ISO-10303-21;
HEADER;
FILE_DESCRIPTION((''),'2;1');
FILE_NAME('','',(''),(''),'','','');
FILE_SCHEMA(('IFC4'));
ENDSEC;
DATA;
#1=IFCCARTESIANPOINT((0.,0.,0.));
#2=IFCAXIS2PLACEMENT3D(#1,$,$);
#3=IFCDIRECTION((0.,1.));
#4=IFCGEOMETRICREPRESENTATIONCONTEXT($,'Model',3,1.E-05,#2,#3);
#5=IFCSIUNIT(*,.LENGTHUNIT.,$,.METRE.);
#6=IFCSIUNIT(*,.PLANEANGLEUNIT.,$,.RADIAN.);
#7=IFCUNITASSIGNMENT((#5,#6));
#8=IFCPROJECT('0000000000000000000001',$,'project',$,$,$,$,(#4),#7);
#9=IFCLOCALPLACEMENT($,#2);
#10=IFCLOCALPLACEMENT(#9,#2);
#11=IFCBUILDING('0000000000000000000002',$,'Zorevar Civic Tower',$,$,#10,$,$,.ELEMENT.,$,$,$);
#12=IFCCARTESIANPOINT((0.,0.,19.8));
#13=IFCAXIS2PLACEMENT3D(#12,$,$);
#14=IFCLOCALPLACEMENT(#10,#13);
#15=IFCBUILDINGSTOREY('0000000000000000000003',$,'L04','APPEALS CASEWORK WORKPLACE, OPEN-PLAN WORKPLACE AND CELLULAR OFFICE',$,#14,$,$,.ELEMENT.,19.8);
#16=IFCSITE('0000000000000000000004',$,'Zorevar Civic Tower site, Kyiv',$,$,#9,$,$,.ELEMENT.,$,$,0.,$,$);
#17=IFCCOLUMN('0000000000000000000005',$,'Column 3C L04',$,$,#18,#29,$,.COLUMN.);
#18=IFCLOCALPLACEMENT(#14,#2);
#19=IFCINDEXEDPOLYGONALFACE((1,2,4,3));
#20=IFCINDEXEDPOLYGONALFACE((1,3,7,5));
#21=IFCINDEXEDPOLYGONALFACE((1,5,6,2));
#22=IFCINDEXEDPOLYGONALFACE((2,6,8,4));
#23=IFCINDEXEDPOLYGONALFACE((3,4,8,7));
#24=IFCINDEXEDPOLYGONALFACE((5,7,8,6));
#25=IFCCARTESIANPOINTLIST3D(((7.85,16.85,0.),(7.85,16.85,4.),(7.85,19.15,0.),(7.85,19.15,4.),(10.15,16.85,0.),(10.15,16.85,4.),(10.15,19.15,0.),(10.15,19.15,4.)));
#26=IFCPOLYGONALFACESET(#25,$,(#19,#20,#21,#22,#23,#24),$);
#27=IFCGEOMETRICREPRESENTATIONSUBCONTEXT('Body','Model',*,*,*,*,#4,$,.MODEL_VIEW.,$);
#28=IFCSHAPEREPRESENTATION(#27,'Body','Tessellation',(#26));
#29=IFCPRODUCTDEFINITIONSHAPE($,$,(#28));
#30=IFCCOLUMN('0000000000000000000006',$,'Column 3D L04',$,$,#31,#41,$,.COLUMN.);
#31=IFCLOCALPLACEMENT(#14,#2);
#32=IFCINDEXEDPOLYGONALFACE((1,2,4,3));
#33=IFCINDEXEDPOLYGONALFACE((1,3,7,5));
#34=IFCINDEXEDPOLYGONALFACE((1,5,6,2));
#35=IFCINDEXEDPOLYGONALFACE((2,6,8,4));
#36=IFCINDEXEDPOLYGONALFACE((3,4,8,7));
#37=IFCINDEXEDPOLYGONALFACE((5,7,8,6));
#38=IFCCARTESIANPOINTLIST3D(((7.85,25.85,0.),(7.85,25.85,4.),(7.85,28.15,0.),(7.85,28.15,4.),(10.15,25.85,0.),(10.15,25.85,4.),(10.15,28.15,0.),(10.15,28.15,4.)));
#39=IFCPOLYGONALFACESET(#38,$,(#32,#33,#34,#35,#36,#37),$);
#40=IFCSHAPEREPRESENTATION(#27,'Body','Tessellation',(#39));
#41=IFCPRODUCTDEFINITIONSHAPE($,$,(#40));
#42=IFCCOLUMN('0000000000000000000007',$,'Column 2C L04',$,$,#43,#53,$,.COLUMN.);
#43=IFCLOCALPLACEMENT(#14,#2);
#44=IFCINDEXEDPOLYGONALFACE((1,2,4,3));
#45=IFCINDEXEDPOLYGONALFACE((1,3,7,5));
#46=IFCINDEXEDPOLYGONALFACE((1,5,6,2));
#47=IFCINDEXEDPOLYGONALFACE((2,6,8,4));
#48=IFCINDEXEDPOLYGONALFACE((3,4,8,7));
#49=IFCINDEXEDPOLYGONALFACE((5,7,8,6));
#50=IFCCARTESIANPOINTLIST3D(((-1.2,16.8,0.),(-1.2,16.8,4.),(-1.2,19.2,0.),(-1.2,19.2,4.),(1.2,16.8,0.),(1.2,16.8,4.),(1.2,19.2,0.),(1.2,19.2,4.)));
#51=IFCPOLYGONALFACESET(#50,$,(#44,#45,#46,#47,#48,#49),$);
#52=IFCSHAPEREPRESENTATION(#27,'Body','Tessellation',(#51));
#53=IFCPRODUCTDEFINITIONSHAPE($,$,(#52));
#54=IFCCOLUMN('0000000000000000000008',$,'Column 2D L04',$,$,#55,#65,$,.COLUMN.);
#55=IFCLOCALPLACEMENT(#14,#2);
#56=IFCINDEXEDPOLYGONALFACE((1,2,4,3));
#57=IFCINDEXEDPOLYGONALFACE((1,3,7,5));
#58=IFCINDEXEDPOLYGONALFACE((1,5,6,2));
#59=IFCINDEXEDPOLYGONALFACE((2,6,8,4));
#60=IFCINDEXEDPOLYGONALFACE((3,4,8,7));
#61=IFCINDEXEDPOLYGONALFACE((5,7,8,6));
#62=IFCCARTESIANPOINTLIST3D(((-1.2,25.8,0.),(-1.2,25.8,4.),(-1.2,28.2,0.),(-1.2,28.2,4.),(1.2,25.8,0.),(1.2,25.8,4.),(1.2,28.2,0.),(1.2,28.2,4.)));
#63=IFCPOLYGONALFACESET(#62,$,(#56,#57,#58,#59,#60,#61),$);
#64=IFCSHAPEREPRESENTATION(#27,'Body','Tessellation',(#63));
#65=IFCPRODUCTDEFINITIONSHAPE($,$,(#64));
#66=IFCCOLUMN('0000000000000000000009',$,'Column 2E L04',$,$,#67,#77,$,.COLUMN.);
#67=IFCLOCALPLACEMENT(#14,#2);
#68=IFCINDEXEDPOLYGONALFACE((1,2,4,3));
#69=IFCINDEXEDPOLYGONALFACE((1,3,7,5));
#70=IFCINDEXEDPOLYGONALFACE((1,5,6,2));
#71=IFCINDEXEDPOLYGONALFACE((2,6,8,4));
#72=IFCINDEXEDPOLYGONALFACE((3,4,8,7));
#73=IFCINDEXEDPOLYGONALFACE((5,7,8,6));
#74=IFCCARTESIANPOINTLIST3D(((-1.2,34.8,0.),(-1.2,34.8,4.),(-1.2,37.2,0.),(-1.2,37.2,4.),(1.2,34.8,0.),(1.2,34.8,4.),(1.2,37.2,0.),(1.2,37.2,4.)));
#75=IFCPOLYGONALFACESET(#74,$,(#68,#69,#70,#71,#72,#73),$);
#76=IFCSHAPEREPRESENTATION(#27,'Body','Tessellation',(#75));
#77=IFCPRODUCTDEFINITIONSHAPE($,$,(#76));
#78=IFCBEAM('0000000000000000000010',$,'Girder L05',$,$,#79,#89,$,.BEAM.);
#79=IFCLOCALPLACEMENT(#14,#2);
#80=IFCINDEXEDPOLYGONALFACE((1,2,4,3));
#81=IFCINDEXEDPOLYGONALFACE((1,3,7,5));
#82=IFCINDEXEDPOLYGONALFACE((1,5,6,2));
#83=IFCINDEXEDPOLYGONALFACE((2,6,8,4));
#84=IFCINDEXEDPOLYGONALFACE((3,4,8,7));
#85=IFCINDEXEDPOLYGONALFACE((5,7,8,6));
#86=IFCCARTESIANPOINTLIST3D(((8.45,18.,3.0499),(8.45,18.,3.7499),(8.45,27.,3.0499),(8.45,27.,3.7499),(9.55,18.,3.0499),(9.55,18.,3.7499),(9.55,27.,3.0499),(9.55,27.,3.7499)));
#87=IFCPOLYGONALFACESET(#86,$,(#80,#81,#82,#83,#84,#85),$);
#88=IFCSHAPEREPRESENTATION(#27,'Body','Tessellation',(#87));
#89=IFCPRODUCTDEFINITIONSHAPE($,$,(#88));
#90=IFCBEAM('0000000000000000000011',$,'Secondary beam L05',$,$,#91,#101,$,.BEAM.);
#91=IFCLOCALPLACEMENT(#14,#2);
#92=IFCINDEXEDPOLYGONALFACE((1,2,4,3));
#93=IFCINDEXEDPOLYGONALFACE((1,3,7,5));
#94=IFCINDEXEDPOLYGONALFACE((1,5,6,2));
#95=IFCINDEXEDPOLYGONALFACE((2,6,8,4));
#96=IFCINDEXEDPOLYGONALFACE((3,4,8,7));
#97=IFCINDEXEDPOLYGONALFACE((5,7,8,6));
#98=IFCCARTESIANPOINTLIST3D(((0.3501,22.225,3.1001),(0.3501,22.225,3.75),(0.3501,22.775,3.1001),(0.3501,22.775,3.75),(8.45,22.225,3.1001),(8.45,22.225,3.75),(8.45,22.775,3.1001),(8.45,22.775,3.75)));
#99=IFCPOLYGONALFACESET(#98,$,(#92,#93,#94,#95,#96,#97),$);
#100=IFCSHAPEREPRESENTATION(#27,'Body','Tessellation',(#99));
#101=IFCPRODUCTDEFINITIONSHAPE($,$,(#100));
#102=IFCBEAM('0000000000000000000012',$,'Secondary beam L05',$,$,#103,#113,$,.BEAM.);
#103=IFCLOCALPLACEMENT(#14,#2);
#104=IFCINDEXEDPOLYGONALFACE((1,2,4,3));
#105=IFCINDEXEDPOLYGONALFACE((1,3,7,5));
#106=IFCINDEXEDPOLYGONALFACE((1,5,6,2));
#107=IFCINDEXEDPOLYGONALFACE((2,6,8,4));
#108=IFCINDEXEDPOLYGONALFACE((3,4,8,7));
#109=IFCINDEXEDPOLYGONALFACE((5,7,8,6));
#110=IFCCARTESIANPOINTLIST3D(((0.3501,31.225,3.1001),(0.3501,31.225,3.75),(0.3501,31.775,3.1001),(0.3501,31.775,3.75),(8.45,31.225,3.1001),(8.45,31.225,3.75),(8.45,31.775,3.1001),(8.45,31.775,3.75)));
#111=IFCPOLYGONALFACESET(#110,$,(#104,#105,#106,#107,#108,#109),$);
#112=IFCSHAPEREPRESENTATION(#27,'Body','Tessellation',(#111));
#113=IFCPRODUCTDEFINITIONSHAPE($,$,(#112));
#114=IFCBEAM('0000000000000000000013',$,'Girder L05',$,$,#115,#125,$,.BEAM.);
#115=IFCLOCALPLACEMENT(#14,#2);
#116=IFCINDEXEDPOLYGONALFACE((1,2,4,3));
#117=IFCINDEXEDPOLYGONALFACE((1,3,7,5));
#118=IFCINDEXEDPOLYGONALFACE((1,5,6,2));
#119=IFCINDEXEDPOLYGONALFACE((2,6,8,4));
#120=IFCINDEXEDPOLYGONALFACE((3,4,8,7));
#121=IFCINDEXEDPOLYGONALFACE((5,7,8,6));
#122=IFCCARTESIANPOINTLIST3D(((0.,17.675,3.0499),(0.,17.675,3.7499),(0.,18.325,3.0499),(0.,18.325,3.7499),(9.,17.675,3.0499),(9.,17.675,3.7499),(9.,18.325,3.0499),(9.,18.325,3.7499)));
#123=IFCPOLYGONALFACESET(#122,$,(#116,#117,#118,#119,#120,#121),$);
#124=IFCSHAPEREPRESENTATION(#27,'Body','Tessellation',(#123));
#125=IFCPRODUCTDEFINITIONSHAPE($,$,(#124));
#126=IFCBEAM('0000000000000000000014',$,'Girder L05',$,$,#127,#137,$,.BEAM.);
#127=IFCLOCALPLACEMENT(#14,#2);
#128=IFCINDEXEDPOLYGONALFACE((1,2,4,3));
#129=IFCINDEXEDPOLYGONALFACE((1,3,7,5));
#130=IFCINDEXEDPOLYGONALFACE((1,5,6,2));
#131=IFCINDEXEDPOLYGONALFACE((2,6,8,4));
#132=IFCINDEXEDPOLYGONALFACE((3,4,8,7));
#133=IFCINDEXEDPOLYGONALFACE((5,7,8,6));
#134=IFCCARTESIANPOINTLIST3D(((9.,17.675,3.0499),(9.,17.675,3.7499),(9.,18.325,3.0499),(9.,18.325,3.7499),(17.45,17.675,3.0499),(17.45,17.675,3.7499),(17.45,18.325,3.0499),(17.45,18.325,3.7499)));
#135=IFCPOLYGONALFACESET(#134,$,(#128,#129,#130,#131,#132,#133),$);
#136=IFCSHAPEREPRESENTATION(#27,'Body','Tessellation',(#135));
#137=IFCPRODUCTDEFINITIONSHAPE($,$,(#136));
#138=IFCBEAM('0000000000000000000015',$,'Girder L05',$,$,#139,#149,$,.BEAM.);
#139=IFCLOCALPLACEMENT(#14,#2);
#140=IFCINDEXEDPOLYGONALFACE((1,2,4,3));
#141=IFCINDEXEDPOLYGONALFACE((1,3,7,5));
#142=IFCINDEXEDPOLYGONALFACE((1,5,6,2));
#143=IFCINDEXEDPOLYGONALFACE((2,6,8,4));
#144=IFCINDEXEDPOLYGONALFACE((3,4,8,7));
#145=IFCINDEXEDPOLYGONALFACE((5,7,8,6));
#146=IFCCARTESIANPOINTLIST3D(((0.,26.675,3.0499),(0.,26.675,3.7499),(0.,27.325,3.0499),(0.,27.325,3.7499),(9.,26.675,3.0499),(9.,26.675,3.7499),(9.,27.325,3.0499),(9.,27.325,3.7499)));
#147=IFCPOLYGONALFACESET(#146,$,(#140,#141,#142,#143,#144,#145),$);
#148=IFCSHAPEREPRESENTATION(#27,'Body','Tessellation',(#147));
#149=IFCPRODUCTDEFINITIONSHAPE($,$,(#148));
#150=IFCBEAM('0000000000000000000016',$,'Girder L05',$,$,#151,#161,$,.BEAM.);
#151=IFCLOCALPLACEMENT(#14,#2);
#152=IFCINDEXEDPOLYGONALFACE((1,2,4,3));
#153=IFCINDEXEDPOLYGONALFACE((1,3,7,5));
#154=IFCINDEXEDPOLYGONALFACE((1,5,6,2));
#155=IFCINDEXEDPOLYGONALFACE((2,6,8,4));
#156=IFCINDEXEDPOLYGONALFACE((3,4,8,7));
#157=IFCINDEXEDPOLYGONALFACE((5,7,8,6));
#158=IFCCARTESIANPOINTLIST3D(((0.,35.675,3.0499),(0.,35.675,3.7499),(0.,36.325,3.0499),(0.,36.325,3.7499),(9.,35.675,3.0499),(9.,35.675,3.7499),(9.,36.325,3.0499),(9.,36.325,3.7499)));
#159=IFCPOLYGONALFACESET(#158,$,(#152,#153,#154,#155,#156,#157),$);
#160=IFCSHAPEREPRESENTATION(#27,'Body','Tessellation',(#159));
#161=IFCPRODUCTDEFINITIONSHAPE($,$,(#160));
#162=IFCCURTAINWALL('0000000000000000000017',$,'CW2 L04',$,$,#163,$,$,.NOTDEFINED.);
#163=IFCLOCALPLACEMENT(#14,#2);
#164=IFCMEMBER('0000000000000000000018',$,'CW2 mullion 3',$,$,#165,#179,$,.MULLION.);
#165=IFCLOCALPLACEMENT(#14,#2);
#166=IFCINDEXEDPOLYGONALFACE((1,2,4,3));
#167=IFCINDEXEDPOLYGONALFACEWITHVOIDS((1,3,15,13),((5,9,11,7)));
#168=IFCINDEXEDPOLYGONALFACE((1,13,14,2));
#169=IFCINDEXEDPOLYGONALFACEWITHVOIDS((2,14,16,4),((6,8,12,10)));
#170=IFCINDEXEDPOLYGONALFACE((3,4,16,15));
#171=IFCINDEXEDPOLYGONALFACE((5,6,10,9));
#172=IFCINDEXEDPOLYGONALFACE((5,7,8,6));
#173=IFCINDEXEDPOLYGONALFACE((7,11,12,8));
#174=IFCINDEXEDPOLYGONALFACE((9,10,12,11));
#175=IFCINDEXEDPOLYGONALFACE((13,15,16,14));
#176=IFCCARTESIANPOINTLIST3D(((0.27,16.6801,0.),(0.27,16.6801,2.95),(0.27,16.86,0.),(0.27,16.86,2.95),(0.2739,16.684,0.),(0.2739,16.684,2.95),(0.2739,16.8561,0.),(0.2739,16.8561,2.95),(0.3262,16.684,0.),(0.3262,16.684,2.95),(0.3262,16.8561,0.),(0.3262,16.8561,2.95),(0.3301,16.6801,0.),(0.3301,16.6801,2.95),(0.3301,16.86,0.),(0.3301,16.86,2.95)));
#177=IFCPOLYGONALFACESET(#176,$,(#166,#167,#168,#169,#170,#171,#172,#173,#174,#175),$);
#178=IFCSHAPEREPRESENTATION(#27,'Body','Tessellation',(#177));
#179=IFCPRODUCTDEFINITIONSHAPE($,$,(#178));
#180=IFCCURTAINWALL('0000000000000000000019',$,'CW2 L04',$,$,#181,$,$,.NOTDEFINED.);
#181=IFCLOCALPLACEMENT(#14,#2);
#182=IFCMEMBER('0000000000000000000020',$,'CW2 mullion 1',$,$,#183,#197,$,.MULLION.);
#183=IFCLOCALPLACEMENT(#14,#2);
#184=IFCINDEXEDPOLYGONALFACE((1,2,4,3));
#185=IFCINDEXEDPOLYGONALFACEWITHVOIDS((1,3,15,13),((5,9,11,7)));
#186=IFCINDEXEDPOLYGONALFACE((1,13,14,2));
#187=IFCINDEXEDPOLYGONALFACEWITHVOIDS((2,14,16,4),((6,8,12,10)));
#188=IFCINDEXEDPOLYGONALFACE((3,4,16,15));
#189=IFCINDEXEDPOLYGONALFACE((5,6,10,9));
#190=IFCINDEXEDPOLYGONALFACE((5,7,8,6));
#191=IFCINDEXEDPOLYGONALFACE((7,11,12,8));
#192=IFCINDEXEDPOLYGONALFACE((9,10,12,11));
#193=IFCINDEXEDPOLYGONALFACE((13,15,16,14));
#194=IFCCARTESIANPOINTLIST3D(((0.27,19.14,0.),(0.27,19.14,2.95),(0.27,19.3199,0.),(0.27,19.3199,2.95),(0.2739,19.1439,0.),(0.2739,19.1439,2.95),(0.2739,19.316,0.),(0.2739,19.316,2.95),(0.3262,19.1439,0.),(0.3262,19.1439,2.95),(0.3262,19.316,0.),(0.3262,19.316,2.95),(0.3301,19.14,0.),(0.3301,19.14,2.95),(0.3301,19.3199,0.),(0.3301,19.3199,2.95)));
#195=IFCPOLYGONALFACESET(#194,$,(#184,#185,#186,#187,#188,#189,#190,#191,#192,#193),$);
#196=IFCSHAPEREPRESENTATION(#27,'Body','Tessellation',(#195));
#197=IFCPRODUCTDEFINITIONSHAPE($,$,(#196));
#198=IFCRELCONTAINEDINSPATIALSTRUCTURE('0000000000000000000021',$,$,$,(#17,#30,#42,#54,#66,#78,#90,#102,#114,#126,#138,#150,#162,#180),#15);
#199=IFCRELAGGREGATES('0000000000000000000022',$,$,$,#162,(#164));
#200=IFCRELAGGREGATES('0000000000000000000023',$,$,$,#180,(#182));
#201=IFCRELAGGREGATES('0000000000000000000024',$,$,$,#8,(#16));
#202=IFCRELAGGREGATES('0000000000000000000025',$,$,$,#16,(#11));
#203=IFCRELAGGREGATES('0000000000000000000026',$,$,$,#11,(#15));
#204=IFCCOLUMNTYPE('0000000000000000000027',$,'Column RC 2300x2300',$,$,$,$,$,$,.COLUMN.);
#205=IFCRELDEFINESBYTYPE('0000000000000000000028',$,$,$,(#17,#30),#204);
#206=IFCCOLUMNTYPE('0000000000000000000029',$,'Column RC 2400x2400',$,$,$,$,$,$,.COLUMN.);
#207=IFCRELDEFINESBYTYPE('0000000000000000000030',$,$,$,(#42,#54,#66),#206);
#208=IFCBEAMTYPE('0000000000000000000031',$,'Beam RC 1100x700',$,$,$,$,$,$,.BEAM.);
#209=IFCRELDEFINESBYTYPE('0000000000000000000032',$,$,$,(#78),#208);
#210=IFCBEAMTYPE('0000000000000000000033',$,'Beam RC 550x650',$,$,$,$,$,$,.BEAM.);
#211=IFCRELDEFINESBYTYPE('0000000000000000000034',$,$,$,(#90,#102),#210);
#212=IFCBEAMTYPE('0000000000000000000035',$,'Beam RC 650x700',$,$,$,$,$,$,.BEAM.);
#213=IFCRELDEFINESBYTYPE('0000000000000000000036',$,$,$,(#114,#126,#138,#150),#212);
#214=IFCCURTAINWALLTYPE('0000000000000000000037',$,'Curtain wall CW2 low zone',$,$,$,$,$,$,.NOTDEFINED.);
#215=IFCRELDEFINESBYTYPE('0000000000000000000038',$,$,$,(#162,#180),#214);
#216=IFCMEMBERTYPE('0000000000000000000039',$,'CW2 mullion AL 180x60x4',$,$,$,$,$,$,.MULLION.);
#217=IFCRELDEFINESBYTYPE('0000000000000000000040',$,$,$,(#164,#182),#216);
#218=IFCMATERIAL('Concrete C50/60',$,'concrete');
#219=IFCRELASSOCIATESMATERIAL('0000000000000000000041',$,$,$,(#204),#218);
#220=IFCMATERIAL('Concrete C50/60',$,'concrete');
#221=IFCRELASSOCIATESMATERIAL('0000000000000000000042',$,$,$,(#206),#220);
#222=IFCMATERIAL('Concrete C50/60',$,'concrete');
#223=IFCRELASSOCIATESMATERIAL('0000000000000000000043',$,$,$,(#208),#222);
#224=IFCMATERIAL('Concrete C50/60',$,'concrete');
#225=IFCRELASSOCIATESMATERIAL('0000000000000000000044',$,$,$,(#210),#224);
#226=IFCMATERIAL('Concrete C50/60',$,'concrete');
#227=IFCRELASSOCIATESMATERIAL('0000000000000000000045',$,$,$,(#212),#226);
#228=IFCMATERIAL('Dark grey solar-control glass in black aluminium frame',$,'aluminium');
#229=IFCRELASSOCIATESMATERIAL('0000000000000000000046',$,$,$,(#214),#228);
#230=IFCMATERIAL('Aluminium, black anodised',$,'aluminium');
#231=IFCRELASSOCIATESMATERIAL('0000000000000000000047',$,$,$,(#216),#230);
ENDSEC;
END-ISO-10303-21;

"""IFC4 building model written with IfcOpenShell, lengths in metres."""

from ifc_helpers import new_model, si_unit, direction, frame, origin, origin_2d, place, context, subcontext, project, spatial, rectangle, hollow_rectangle, extrude, material, material_profile, profile_set, type_object, element, aggregate, save


model = new_model("IFC4")

# Units and contexts
model_context = context("Model", 3, precision=1e-05, world=origin(), true_north=direction((0.0, 1.0)))
body_context = subcontext(model_context, "Body", "Model", "MODEL_VIEW")
ifc_project = project(units=[si_unit("LENGTHUNIT", "METRE"), si_unit("PLANEANGLEUNIT", "RADIAN")], contexts=[model_context])

# Site, building, storey
site_placement = place(None, origin())
site = spatial("IfcSite", under=ifc_project, at=site_placement, Name="Zorevar Civic Tower site, Kyiv", CompositionType="ELEMENT", RefElevation=0.0)
building_placement = place(site_placement, origin())
building = spatial("IfcBuilding", under=site, at=building_placement, Name="Zorevar Civic Tower", CompositionType="ELEMENT")
storey_placement = place(building_placement, frame((0.0, 0.0, 19.8)))
storey = spatial("IfcBuildingStorey", under=building, at=storey_placement, Name="L04", Description="APPEALS CASEWORK WORKPLACE, OPEN-PLAN WORKPLACE AND CELLULAR OFFICE", CompositionType="ELEMENT", Elevation=19.8)

# Columns
ifc_material_1 = material(Name="Concrete C50/60", Category="concrete")
ifc_material_profile_1 = material_profile(ifc_material_1, rectangle(XDim=2.3, YDim=2.3, at=origin_2d()), Name="RC 2300x2300")
ifc_profile_set_1 = profile_set([ifc_material_profile_1], Name="Concrete C50/60")
column_type_1 = type_object("IfcColumnType", Name="Column RC 2300x2300", PredefinedType="COLUMN", material=ifc_profile_set_1)
for number, where, z_axis, x_axis, name in (
    (1, (9.0, 18.0, 0.0), (0.0, 0.0, 1.0), (1.0, 0.0, 0.0), "Column 3C L04"),
    (2, (9.0, 27.0, 0.0), (0.0, 0.0, 1.0), (1.0, 0.0, 0.0), "Column 3D L04"),
):
    element("IfcColumn", number, at=place(storey_placement, frame(where, z_axis=z_axis, x_axis=x_axis)), inside=storey, type_object=column_type_1, Name=name, PredefinedType="COLUMN", context=body_context, shape_type="SweptSolid", body=[
        extrude(rectangle(XDim=2.3, YDim=2.3, at=origin_2d()), origin(), (0.0, 0.0, 1.0), 4.0),
    ])
ifc_material_2 = material(Name="Concrete C50/60", Category="concrete")
ifc_material_profile_2 = material_profile(ifc_material_2, rectangle(XDim=2.3999, YDim=2.3999, at=origin_2d()), Name="RC 2400x2400")
ifc_profile_set_2 = profile_set([ifc_material_profile_2], Name="Concrete C50/60")
column_type_2 = type_object("IfcColumnType", Name="Column RC 2400x2400", PredefinedType="COLUMN", material=ifc_profile_set_2)
for number, where, z_axis, x_axis, name in (
    (3, (0.0, 18.0, 0.0), (0.0, 0.0, 1.0), (1.0, 0.0, 0.0), "Column 2C L04"),
    (4, (0.0, 27.0, 0.0), (0.0, 0.0, 1.0), (1.0, 0.0, 0.0), "Column 2D L04"),
    (5, (0.0, 36.0, 0.0), (0.0, 0.0, 1.0), (1.0, 0.0, 0.0), "Column 2E L04"),
):
    element("IfcColumn", number, at=place(storey_placement, frame(where, z_axis=z_axis, x_axis=x_axis)), inside=storey, type_object=column_type_2, Name=name, PredefinedType="COLUMN", context=body_context, shape_type="SweptSolid", body=[
        extrude(rectangle(XDim=2.3999, YDim=2.3999, at=origin_2d()), origin(), (0.0, 0.0, 1.0), 4.0),
    ])

# Beams
ifc_material_3 = material(Name="Concrete C50/60", Category="concrete")
ifc_material_profile_3 = material_profile(ifc_material_3, rectangle(XDim=1.1001, YDim=0.7, at=origin_2d()), Name="RC 1100x700")
ifc_profile_set_3 = profile_set([ifc_material_profile_3], Name="Concrete C50/60")
beam_type_1 = type_object("IfcBeamType", Name="Beam RC 1100x700", PredefinedType="BEAM", material=ifc_profile_set_3)
beam_1_placement = place(storey_placement, frame((9.0, 18.0, 3.3999), z_axis=(0.0, 1.0, 0.0), x_axis=(-1.0, 0.0, 0.0)))
element("IfcBeam", 6, at=beam_1_placement, inside=storey, type_object=beam_type_1, Name="Girder L05", PredefinedType="BEAM", context=body_context, shape_type="SweptSolid", body=[
    extrude(rectangle(XDim=1.1001, YDim=0.7, at=origin_2d()), origin(), (0.0, 0.0, 1.0), 9.0),
])
ifc_material_4 = material(Name="Concrete C50/60", Category="concrete")
ifc_material_profile_4 = material_profile(ifc_material_4, rectangle(XDim=0.55, YDim=0.6499, at=origin_2d()), Name="RC 550x650")
ifc_profile_set_4 = profile_set([ifc_material_profile_4], Name="Concrete C50/60")
beam_type_2 = type_object("IfcBeamType", Name="Beam RC 550x650", PredefinedType="BEAM", material=ifc_profile_set_4)
for number, where, z_axis, x_axis, name in (
    (7, (0.3501, 22.5, 3.425), (1.0, 0.0, 0.0), (0.0, 1.0, 0.0), "Secondary beam L05"),
    (8, (0.3501, 31.5, 3.425), (1.0, 0.0, 0.0), (0.0, 1.0, 0.0), "Secondary beam L05"),
):
    element("IfcBeam", number, at=place(storey_placement, frame(where, z_axis=z_axis, x_axis=x_axis)), inside=storey, type_object=beam_type_2, Name=name, PredefinedType="BEAM", context=body_context, shape_type="SweptSolid", body=[
        extrude(rectangle(XDim=0.55, YDim=0.6499, at=origin_2d()), origin(), (0.0, 0.0, 1.0), 8.0999),
    ])
ifc_material_5 = material(Name="Concrete C50/60", Category="concrete")
ifc_material_profile_5 = material_profile(ifc_material_5, rectangle(XDim=0.6499, YDim=0.7, at=origin_2d()), Name="RC 650x700")
ifc_profile_set_5 = profile_set([ifc_material_profile_5], Name="Concrete C50/60")
beam_type_3 = type_object("IfcBeamType", Name="Beam RC 650x700", PredefinedType="BEAM", material=ifc_profile_set_5)
beam_2_placement = place(storey_placement, frame((0.0, 18.0, 3.3999), z_axis=(1.0, 0.0, 0.0), x_axis=(0.0, 1.0, 0.0)))
element("IfcBeam", 9, at=beam_2_placement, inside=storey, type_object=beam_type_3, Name="Girder L05", PredefinedType="BEAM", context=body_context, shape_type="SweptSolid", body=[
    extrude(rectangle(XDim=0.6499, YDim=0.7, at=origin_2d()), origin(), (0.0, 0.0, 1.0), 9.0),
])
beam_3_placement = place(storey_placement, frame((9.0, 18.0, 3.3999), z_axis=(1.0, 0.0, 0.0), x_axis=(0.0, 1.0, 0.0)))
element("IfcBeam", 10, at=beam_3_placement, inside=storey, type_object=beam_type_3, Name="Girder L05", PredefinedType="BEAM", context=body_context, shape_type="SweptSolid", body=[
    extrude(rectangle(XDim=0.6499, YDim=0.7, at=origin_2d()), origin(), (0.0, 0.0, 1.0), 8.45),
])
for number, where, z_axis, x_axis, name in (
    (11, (0.0, 27.0, 3.3999), (1.0, 0.0, 0.0), (0.0, 1.0, 0.0), "Girder L05"),
    (12, (0.0, 36.0, 3.3999), (1.0, 0.0, 0.0), (0.0, 1.0, 0.0), "Girder L05"),
):
    element("IfcBeam", number, at=place(storey_placement, frame(where, z_axis=z_axis, x_axis=x_axis)), inside=storey, type_object=beam_type_3, Name=name, PredefinedType="BEAM", context=body_context, shape_type="SweptSolid", body=[
        extrude(rectangle(XDim=0.6499, YDim=0.7, at=origin_2d()), origin(), (0.0, 0.0, 1.0), 9.0),
    ])

# Curtain wall, member
ifc_material_6 = material(Name="Dark grey solar-control glass in black aluminium frame", Category="aluminium")
curtain_wall_type = type_object("IfcCurtainWallType", Name="Curtain wall CW2 low zone", PredefinedType="NOTDEFINED", material=ifc_material_6)
curtain_wall_1_placement = place(storey_placement, origin())
curtain_wall_1 = element("IfcCurtainWall", 13, at=curtain_wall_1_placement, inside=storey, type_object=curtain_wall_type, Name="CW2 L04", PredefinedType="NOTDEFINED")
ifc_material_7 = material(Name="Aluminium, black anodised", Category="aluminium")
ifc_material_profile_6 = material_profile(ifc_material_7, hollow_rectangle(XDim=0.0601, YDim=0.1799, WallThickness=0.0039, at=origin_2d()), Name="AL 180x60x4")
ifc_profile_set_6 = profile_set([ifc_material_profile_6], Name="Aluminium, black anodised")
member_type_1 = type_object("IfcMemberType", Name="CW2 mullion AL 180x60x4", PredefinedType="MULLION", material=ifc_profile_set_6)
member_1_placement = place(storey_placement, frame((0.3, 16.77, 0.0), z_axis=(0.0, 0.0, 1.0), x_axis=(-1.0, 0.0, 0.0)))
member_1 = element("IfcMember", 14, at=member_1_placement, type_object=member_type_1, Name="CW2 mullion 3", PredefinedType="MULLION", context=body_context, shape_type="SweptSolid", body=[
    extrude(hollow_rectangle(XDim=0.0601, YDim=0.1799, WallThickness=0.0039, at=origin_2d()), origin(), (0.0, 0.0, 1.0), 2.95),
])
aggregate(curtain_wall_1, [member_1])

# Curtain wall, member
curtain_wall_2_placement = place(storey_placement, origin())
curtain_wall_2 = element("IfcCurtainWall", 15, at=curtain_wall_2_placement, inside=storey, type_object=curtain_wall_type, Name="CW2 L04", PredefinedType="NOTDEFINED")
member_2_placement = place(storey_placement, frame((0.3, 19.23, 0.0), z_axis=(0.0, 0.0, 1.0), x_axis=(-1.0, 0.0, 0.0)))
member_2 = element("IfcMember", 16, at=member_2_placement, type_object=member_type_1, Name="CW2 mullion 1", PredefinedType="MULLION", context=body_context, shape_type="SweptSolid", body=[
    extrude(hollow_rectangle(XDim=0.0601, YDim=0.1799, WallThickness=0.0039, at=origin_2d()), origin(), (0.0, 0.0, 1.0), 2.95),
])

aggregate(curtain_wall_2, [member_2])

save(model, "model.ifc")
